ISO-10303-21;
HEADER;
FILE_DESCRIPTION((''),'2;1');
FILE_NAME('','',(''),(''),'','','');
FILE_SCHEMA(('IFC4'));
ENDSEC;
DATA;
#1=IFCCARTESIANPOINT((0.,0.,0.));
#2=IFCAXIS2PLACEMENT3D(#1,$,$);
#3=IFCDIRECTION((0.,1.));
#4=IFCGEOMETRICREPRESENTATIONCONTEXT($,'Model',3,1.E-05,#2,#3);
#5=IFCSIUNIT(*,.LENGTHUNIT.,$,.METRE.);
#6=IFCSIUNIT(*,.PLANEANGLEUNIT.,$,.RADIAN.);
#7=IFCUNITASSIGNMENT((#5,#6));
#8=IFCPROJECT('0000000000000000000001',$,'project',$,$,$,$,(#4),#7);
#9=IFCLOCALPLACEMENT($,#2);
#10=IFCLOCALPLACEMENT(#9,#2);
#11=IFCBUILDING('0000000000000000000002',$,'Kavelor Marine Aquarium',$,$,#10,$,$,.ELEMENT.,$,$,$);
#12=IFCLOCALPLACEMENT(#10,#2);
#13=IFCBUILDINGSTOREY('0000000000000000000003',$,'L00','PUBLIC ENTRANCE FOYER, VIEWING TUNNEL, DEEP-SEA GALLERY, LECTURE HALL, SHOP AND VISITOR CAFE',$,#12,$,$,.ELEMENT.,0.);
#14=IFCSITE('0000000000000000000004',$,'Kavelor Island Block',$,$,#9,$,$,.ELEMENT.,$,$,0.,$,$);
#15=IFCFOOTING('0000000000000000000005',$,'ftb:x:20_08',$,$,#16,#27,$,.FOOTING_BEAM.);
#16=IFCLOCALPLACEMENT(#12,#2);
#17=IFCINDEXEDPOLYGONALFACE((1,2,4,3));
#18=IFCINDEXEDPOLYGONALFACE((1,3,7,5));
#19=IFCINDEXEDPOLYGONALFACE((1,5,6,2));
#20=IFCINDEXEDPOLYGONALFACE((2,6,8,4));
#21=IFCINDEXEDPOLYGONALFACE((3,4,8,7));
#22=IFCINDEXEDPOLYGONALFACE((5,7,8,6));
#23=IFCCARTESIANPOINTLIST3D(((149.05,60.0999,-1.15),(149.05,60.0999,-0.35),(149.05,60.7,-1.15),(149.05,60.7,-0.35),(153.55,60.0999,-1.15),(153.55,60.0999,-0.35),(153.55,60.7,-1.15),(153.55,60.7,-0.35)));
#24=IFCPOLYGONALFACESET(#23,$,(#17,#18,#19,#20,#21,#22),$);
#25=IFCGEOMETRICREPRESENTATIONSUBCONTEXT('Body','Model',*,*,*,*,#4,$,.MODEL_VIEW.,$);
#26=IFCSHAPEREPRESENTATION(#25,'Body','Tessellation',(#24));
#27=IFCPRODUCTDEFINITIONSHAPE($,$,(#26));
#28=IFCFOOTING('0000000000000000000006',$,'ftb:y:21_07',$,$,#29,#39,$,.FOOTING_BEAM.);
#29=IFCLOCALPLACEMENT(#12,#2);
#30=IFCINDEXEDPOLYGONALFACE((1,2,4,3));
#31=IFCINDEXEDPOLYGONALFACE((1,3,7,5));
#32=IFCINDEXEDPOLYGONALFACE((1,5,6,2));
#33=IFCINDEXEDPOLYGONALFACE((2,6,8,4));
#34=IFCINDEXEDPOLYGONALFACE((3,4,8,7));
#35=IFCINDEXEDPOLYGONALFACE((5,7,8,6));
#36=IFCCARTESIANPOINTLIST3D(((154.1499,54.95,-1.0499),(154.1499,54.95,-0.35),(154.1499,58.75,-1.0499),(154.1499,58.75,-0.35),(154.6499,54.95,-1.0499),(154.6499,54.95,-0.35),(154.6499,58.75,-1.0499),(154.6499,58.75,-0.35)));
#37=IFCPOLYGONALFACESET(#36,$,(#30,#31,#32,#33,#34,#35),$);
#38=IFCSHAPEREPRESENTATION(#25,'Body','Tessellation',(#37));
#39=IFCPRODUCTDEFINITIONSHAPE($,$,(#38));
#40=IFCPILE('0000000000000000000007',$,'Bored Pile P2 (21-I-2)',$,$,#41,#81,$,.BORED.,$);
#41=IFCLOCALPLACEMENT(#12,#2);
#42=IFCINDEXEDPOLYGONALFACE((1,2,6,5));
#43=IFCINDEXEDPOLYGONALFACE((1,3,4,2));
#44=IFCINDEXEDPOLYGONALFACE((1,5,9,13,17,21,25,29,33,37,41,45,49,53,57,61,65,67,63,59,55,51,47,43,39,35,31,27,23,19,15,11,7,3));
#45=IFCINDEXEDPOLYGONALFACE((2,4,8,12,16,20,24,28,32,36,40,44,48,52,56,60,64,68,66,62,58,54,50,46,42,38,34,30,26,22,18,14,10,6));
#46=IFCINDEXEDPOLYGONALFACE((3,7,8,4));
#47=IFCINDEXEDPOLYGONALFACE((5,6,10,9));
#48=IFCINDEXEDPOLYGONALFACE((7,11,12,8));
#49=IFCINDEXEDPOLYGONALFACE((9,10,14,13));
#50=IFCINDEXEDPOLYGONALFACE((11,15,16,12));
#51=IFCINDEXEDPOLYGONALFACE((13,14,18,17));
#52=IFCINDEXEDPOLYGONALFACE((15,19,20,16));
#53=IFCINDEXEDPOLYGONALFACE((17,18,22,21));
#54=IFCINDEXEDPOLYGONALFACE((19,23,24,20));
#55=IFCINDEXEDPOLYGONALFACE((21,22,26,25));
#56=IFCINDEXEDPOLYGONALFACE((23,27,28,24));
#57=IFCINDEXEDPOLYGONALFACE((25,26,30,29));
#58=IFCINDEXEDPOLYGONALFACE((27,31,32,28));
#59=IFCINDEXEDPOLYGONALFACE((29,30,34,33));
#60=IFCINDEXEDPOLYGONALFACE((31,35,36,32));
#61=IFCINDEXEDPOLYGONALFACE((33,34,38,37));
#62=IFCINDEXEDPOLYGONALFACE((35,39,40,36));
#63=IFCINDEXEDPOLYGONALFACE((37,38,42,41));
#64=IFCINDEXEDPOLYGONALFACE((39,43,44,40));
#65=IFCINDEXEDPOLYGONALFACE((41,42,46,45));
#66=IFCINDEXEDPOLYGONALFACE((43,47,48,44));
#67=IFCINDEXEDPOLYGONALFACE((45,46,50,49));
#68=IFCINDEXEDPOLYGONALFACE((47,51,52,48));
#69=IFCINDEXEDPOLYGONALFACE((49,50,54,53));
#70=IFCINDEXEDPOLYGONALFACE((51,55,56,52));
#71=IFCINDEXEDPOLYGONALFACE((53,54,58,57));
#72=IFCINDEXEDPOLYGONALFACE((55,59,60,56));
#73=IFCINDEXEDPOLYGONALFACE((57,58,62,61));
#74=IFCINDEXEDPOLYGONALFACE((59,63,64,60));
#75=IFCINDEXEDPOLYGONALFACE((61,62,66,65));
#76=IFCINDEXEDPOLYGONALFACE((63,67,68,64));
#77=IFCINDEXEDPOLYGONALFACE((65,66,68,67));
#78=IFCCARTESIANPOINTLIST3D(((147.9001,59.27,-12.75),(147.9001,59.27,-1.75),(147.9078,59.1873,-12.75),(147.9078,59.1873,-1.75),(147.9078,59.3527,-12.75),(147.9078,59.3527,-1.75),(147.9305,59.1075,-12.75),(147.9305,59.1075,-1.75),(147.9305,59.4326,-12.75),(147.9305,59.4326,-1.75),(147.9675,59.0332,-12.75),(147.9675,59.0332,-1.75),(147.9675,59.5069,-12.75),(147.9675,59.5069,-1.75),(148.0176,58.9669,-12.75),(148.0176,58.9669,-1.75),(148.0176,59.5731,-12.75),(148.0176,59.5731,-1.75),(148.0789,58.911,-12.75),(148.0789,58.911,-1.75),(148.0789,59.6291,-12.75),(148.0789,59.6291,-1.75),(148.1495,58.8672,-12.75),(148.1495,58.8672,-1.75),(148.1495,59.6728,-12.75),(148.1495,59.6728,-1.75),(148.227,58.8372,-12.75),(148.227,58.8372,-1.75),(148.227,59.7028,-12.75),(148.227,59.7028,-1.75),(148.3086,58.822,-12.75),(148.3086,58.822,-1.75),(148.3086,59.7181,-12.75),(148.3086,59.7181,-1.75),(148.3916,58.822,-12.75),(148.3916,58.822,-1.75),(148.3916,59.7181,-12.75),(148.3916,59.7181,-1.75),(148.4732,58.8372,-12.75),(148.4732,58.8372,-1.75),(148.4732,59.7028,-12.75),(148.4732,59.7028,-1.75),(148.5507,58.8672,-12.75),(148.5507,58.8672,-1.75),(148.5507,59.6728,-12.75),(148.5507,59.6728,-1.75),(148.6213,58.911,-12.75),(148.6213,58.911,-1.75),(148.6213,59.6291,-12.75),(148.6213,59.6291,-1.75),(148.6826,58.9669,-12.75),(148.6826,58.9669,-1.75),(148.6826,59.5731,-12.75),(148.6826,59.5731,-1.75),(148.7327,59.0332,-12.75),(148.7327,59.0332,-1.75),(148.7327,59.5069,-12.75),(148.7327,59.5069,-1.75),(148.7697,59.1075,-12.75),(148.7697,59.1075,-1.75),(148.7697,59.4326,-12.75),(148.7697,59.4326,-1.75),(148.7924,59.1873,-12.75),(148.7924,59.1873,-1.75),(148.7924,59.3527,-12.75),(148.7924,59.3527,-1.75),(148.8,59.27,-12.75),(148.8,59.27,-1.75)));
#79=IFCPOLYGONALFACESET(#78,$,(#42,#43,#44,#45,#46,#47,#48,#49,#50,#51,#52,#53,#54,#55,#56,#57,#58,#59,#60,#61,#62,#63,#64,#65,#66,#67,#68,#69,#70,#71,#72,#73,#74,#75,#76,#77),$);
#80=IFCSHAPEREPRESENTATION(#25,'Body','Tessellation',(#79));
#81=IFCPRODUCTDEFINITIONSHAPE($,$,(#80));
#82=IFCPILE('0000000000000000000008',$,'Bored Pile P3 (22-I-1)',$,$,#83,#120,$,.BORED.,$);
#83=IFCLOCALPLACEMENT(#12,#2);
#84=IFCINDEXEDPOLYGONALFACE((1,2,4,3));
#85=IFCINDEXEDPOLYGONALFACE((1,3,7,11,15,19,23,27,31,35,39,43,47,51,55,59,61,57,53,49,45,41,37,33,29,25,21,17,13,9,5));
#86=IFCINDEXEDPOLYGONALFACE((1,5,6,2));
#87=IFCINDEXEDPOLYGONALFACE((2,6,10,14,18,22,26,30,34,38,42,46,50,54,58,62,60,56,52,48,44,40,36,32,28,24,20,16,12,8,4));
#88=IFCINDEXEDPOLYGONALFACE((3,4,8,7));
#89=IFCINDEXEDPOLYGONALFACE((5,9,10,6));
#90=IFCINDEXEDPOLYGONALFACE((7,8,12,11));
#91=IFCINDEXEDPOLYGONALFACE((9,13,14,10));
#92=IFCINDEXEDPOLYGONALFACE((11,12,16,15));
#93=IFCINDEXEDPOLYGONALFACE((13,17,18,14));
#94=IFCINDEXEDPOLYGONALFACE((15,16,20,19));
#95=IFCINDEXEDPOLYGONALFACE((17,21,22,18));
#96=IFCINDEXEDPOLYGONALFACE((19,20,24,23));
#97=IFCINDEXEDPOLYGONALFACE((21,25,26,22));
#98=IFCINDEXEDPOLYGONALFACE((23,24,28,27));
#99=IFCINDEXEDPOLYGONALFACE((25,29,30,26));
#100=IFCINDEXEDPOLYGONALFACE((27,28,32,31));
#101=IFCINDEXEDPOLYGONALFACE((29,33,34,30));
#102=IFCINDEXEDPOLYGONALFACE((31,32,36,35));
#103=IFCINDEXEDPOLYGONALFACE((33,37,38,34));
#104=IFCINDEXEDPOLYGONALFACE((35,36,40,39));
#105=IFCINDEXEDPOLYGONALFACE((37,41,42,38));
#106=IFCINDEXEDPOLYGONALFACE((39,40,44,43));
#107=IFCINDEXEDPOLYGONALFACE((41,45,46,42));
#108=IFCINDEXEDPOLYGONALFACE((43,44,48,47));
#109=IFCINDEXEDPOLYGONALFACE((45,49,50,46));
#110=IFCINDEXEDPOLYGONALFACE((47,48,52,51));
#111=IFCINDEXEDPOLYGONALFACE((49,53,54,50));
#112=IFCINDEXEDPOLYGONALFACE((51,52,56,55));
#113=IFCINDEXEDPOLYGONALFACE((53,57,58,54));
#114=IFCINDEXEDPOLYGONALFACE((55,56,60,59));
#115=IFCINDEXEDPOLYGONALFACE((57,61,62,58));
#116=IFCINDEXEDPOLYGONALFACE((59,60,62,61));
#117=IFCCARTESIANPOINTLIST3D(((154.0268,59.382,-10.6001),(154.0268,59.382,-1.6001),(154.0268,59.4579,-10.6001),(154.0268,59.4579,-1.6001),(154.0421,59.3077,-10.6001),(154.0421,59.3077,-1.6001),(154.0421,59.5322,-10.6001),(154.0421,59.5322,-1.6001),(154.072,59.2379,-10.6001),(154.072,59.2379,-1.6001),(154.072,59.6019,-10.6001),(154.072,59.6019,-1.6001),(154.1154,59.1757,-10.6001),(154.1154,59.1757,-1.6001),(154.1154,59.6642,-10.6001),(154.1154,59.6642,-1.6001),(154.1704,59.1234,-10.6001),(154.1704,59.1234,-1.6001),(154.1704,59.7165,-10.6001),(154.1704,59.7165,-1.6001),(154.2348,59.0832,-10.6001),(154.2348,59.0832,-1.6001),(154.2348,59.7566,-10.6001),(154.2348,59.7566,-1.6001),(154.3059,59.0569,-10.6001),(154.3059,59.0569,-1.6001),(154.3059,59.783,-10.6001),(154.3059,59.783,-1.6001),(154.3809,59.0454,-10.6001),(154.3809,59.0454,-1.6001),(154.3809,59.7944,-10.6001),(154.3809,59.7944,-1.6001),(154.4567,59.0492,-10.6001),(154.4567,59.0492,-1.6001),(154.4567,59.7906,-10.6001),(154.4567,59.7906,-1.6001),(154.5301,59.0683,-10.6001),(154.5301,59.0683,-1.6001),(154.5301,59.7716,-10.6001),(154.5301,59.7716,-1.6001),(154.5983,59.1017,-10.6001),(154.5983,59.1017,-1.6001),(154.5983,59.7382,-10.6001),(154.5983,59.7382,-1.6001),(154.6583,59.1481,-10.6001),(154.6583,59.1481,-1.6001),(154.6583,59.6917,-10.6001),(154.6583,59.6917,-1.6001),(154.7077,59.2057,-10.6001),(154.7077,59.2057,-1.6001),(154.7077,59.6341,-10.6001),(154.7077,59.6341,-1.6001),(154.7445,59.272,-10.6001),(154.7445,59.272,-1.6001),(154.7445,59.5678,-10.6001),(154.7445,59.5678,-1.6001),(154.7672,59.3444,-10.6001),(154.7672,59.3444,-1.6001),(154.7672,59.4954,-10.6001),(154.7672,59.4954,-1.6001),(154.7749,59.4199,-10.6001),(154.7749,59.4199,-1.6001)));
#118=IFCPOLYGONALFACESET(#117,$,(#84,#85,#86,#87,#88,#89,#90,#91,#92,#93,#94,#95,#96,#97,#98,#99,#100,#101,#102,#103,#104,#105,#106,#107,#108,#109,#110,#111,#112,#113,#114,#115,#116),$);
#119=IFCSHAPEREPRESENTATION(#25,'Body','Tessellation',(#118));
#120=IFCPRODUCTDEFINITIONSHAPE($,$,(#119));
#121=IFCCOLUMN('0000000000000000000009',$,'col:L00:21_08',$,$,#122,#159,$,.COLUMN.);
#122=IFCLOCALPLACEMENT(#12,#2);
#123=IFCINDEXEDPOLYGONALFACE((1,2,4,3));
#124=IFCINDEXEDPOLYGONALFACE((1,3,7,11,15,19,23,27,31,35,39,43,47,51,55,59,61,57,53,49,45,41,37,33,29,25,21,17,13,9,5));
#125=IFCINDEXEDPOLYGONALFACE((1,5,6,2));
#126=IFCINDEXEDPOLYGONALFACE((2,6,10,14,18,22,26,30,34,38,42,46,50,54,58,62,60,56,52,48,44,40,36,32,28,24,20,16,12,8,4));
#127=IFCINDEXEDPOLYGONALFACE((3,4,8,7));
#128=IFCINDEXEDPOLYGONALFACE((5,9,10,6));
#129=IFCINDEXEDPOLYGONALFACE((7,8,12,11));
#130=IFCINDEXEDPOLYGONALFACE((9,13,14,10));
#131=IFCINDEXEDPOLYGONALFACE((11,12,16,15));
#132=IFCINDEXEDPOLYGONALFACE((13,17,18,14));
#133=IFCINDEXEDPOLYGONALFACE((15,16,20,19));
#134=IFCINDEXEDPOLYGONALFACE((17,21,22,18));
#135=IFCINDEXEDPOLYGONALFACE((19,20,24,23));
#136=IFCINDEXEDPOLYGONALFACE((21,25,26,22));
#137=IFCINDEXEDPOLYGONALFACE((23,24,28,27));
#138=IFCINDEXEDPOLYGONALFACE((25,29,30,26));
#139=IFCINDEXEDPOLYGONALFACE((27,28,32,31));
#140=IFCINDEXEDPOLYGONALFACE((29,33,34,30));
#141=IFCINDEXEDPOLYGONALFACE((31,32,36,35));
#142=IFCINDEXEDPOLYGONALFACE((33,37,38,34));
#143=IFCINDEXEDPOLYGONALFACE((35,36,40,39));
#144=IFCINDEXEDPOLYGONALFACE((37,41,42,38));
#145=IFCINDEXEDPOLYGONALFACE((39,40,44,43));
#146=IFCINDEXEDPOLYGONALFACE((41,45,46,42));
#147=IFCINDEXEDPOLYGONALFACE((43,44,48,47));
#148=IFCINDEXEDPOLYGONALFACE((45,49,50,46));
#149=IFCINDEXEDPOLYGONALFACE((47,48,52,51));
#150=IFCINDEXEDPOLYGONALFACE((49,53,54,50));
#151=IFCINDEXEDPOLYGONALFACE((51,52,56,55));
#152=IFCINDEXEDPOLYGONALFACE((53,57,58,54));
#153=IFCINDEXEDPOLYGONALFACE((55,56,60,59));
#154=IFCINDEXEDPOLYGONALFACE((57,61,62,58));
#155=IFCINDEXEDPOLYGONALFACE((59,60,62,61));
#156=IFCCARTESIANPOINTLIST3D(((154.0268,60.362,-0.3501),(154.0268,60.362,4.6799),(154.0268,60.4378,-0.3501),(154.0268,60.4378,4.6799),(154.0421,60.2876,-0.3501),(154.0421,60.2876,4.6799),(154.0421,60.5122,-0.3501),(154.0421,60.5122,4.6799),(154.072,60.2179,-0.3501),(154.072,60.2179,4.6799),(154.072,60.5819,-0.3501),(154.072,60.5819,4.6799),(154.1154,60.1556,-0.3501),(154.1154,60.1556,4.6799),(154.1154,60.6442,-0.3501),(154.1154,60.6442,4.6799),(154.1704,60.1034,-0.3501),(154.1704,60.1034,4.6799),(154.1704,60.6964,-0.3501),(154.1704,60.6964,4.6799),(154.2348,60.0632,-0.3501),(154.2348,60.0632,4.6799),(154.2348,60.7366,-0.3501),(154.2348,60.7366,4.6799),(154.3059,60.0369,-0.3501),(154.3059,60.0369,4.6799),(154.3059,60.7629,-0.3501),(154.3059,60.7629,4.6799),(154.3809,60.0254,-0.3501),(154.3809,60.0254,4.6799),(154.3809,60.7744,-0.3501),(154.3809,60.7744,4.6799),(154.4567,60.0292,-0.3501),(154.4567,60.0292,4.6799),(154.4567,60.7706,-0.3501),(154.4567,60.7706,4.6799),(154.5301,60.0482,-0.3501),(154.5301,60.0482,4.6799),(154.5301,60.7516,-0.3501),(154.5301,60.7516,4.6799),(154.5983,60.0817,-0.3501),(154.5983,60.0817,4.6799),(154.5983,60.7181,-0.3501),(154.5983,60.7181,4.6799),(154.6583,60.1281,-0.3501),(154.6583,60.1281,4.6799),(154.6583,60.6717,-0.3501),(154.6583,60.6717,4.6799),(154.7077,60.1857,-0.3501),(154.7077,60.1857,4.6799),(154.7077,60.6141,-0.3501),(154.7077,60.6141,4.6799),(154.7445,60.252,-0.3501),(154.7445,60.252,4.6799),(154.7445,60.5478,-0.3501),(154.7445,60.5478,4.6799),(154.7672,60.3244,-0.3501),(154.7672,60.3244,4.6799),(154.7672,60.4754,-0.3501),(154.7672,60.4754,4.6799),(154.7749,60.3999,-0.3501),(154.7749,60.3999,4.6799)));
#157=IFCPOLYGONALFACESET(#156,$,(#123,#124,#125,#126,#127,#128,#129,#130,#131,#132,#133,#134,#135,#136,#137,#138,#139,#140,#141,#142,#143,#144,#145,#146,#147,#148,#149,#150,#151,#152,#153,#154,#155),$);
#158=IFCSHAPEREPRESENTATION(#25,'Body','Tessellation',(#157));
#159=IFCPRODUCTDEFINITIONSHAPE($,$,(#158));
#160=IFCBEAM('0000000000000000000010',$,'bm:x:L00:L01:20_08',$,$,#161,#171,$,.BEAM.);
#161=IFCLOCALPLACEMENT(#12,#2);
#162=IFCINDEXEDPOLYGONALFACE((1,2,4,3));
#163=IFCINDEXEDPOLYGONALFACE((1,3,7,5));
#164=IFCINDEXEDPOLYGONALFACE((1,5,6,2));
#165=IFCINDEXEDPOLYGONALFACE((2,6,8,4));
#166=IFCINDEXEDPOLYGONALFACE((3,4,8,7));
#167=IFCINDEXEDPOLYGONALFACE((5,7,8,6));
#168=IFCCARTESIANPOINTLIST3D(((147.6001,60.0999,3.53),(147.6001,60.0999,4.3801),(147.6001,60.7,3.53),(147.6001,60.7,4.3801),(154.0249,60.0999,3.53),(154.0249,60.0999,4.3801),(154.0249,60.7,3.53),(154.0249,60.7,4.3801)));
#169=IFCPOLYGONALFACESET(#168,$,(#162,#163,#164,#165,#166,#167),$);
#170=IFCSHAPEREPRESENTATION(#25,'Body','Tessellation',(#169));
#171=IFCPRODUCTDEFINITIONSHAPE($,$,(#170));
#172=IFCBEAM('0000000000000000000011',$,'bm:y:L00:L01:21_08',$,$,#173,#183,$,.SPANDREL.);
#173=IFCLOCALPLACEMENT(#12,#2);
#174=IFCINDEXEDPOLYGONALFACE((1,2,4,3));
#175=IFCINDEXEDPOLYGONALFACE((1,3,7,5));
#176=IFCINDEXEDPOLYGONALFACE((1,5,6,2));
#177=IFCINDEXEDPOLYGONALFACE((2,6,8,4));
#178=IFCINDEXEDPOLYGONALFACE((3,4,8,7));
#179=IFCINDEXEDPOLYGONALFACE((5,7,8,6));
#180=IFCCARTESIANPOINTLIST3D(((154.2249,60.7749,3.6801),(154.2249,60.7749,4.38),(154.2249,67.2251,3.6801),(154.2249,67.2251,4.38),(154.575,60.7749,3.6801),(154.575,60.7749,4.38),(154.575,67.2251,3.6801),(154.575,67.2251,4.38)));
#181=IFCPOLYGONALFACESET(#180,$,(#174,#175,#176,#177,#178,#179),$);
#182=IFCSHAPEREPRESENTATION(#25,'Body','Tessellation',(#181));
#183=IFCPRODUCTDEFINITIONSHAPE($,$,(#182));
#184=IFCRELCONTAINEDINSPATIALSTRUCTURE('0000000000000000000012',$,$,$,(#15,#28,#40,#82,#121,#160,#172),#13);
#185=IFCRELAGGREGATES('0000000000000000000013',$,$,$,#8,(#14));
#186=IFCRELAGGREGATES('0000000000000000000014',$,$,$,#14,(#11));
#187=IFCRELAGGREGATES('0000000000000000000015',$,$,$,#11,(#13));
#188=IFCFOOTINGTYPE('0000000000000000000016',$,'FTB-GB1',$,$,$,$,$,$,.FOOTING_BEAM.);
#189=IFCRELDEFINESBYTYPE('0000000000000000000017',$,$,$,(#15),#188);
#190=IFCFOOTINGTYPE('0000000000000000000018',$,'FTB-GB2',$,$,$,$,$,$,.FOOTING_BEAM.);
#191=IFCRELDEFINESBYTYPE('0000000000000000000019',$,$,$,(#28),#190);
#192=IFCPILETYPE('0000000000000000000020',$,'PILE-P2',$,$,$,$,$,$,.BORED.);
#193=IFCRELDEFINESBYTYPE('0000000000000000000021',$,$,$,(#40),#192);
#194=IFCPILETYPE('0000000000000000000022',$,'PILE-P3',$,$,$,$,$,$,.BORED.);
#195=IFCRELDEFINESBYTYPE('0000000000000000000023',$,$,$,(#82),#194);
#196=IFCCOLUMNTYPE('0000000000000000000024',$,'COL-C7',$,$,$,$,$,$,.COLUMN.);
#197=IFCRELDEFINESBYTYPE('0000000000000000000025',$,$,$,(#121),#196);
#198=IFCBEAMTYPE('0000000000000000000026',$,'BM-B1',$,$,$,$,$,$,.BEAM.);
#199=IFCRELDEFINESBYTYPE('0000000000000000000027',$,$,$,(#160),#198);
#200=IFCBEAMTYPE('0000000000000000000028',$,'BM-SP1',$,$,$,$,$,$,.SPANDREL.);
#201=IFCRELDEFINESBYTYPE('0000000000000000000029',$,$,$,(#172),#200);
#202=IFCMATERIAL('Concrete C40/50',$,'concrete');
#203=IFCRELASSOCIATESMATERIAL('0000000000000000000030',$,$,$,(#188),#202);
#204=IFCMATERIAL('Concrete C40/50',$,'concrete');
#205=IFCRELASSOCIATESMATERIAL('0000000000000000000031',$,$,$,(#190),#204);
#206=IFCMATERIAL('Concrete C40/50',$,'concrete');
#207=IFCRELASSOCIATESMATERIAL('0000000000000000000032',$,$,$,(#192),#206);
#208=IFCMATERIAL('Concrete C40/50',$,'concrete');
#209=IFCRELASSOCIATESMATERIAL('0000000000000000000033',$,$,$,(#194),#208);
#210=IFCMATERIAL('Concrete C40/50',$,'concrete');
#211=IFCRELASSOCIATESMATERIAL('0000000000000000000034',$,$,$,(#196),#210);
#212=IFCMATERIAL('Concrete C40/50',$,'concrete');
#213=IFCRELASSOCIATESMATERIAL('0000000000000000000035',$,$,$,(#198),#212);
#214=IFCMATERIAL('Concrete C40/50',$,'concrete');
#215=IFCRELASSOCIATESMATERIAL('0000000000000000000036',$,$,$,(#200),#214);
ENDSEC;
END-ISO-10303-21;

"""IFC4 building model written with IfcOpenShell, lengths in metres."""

from ifc_helpers import new_model, si_unit, direction, frame, origin, origin_2d, place, context, subcontext, project, spatial, rectangle, circle, extrude, material, material_profile, profile_set, type_object, element, save


model = new_model("IFC4")

# Units and contexts
model_context = context("Model", 3, precision=1e-05, world=origin(), true_north=direction((0.0, 1.0)))
body_context = subcontext(model_context, "Body", "Model", "MODEL_VIEW")
ifc_project = project(units=[si_unit("LENGTHUNIT", "METRE"), si_unit("PLANEANGLEUNIT", "RADIAN")], contexts=[model_context])

# Site, building, storey
site_placement = place(None, origin())
site = spatial("IfcSite", under=ifc_project, at=site_placement, Name="Kavelor Island Block", CompositionType="ELEMENT", RefElevation=0.0)
building_placement = place(site_placement, origin())
building = spatial("IfcBuilding", under=site, at=building_placement, Name="Kavelor Marine Aquarium", CompositionType="ELEMENT")
storey_placement = place(building_placement, origin())
storey = spatial("IfcBuildingStorey", under=building, at=storey_placement, Name="L00", Description="PUBLIC ENTRANCE FOYER, VIEWING TUNNEL, DEEP-SEA GALLERY, LECTURE HALL, SHOP AND VISITOR CAFE", CompositionType="ELEMENT", Elevation=0.0)

# Footings
ifc_material_1 = material(Name="Concrete C40/50", Category="concrete")
ifc_material_profile_1 = material_profile(ifc_material_1, rectangle(XDim=0.6001, YDim=0.8, at=origin_2d()), Name="GB 600x800")
ifc_profile_set_1 = profile_set([ifc_material_profile_1], Name="Concrete C40/50")
footing_type_1 = type_object("IfcFootingType", Name="FTB-GB1", PredefinedType="FOOTING_BEAM", material=ifc_profile_set_1)
footing_1_placement = place(storey_placement, frame((149.05, 60.3999, -0.75), z_axis=(1.0, 0.0, 0.0), x_axis=(0.0, 1.0, 0.0)))
element("IfcFooting", 1, at=footing_1_placement, inside=storey, type_object=footing_type_1, Name="ftb:x:20_08", PredefinedType="FOOTING_BEAM", context=body_context, shape_type="SweptSolid", body=[
    extrude(rectangle(XDim=0.6001, YDim=0.8, at=origin_2d()), origin(), (0.0, 0.0, 1.0), 4.5),
])
ifc_material_2 = material(Name="Concrete C40/50", Category="concrete")
ifc_material_profile_2 = material_profile(ifc_material_2, rectangle(XDim=0.5, YDim=0.7, at=origin_2d()), Name="GB 500x700")
ifc_profile_set_2 = profile_set([ifc_material_profile_2], Name="Concrete C40/50")
footing_type_2 = type_object("IfcFootingType", Name="FTB-GB2", PredefinedType="FOOTING_BEAM", material=ifc_profile_set_2)
footing_2_placement = place(storey_placement, frame((154.3999, 54.95, -0.7), z_axis=(0.0, 1.0, 0.0), x_axis=(-1.0, 0.0, 0.0)))
element("IfcFooting", 2, at=footing_2_placement, inside=storey, type_object=footing_type_2, Name="ftb:y:21_07", PredefinedType="FOOTING_BEAM", context=body_context, shape_type="SweptSolid", body=[
    extrude(rectangle(XDim=0.5, YDim=0.7, at=origin_2d()), origin(), (0.0, 0.0, 1.0), 3.8),
])

# Piles
ifc_material_3 = material(Name="Concrete C40/50", Category="concrete")
ifc_material_profile_3 = material_profile(ifc_material_3, circle(Radius=0.45, at=origin_2d()), Name="PILE D900")
ifc_profile_set_3 = profile_set([ifc_material_profile_3], Name="Concrete C40/50")
pile_type_1 = type_object("IfcPileType", Name="PILE-P2", PredefinedType="BORED", material=ifc_profile_set_3)
pile_1_placement = place(storey_placement, frame((148.3501, 59.27, -1.75), z_axis=(0.0, 0.0, -1.0), x_axis=(1.0, 0.0, 0.0)))
element("IfcPile", 3, at=pile_1_placement, inside=storey, type_object=pile_type_1, Name="Bored Pile P2 (21-I-2)", PredefinedType="BORED", context=body_context, shape_type="SweptSolid", body=[
    extrude(circle(Radius=0.45, at=origin_2d()), origin(), (0.0, 0.0, 1.0), 11.0),
])
ifc_material_4 = material(Name="Concrete C40/50", Category="concrete")
ifc_material_profile_4 = material_profile(ifc_material_4, circle(Radius=0.375, at=origin_2d()), Name="PILE D750")
ifc_profile_set_4 = profile_set([ifc_material_profile_4], Name="Concrete C40/50")
pile_type_2 = type_object("IfcPileType", Name="PILE-P3", PredefinedType="BORED", material=ifc_profile_set_4)
pile_2_placement = place(storey_placement, frame((154.3999, 59.4199, -1.6001), z_axis=(0.0, 0.0, -1.0), x_axis=(1.0, 0.0, 0.0)))
element("IfcPile", 4, at=pile_2_placement, inside=storey, type_object=pile_type_2, Name="Bored Pile P3 (22-I-1)", PredefinedType="BORED", context=body_context, shape_type="SweptSolid", body=[
    extrude(circle(Radius=0.375, at=origin_2d()), origin(), (0.0, 0.0, 1.0), 9.0),
])

# Column
ifc_material_5 = material(Name="Concrete C40/50", Category="concrete")
ifc_material_profile_5 = material_profile(ifc_material_5, circle(Radius=0.375, at=origin_2d()), Name="RC-COL D750")
ifc_profile_set_5 = profile_set([ifc_material_profile_5], Name="Concrete C40/50")
column_type = type_object("IfcColumnType", Name="COL-C7", PredefinedType="COLUMN", material=ifc_profile_set_5)
column_placement = place(storey_placement, frame((154.3999, 60.3999, -0.3501), z_axis=(0.0, 0.0, 1.0), x_axis=(1.0, 0.0, 0.0)))
element("IfcColumn", 5, at=column_placement, inside=storey, type_object=column_type, Name="col:L00:21_08", PredefinedType="COLUMN", context=body_context, shape_type="SweptSolid", body=[
    extrude(circle(Radius=0.375, at=origin_2d()), origin(), (0.0, 0.0, 1.0), 5.03),
])

# Beams
ifc_material_6 = material(Name="Concrete C40/50", Category="concrete")
ifc_material_profile_6 = material_profile(ifc_material_6, rectangle(XDim=0.6001, YDim=0.8501, at=origin_2d()), Name="RC-BM 600x850")
ifc_profile_set_6 = profile_set([ifc_material_profile_6], Name="Concrete C40/50")
beam_type_1 = type_object("IfcBeamType", Name="BM-B1", PredefinedType="BEAM", material=ifc_profile_set_6)
beam_1_placement = place(storey_placement, frame((147.6001, 60.3999, 3.9551), z_axis=(1.0, 0.0, 0.0), x_axis=(0.0, 1.0, 0.0)))
element("IfcBeam", 6, at=beam_1_placement, inside=storey, type_object=beam_type_1, Name="bm:x:L00:L01:20_08", PredefinedType="BEAM", context=body_context, shape_type="SweptSolid", body=[
    extrude(rectangle(XDim=0.6001, YDim=0.8501, at=origin_2d()), origin(), (0.0, 0.0, 1.0), 6.4248),
])
ifc_material_7 = material(Name="Concrete C40/50", Category="concrete")
ifc_material_profile_7 = material_profile(ifc_material_7, rectangle(XDim=0.3501, YDim=0.7, at=origin_2d()), Name="RC-SP 350x700")
ifc_profile_set_7 = profile_set([ifc_material_profile_7], Name="Concrete C40/50")
beam_type_2 = type_object("IfcBeamType", Name="BM-SP1", PredefinedType="SPANDREL", material=ifc_profile_set_7)
beam_2_placement = place(storey_placement, frame((154.3999, 60.7749, 4.03), z_axis=(0.0, 1.0, 0.0), x_axis=(-1.0, 0.0, 0.0)))
element("IfcBeam", 7, at=beam_2_placement, inside=storey, type_object=beam_type_2, Name="bm:y:L00:L01:21_08", PredefinedType="SPANDREL", context=body_context, shape_type="SweptSolid", body=[
    extrude(rectangle(XDim=0.3501, YDim=0.7, at=origin_2d()), origin(), (0.0, 0.0, 1.0), 6.4502),
])

save(model, "model.ifc")
